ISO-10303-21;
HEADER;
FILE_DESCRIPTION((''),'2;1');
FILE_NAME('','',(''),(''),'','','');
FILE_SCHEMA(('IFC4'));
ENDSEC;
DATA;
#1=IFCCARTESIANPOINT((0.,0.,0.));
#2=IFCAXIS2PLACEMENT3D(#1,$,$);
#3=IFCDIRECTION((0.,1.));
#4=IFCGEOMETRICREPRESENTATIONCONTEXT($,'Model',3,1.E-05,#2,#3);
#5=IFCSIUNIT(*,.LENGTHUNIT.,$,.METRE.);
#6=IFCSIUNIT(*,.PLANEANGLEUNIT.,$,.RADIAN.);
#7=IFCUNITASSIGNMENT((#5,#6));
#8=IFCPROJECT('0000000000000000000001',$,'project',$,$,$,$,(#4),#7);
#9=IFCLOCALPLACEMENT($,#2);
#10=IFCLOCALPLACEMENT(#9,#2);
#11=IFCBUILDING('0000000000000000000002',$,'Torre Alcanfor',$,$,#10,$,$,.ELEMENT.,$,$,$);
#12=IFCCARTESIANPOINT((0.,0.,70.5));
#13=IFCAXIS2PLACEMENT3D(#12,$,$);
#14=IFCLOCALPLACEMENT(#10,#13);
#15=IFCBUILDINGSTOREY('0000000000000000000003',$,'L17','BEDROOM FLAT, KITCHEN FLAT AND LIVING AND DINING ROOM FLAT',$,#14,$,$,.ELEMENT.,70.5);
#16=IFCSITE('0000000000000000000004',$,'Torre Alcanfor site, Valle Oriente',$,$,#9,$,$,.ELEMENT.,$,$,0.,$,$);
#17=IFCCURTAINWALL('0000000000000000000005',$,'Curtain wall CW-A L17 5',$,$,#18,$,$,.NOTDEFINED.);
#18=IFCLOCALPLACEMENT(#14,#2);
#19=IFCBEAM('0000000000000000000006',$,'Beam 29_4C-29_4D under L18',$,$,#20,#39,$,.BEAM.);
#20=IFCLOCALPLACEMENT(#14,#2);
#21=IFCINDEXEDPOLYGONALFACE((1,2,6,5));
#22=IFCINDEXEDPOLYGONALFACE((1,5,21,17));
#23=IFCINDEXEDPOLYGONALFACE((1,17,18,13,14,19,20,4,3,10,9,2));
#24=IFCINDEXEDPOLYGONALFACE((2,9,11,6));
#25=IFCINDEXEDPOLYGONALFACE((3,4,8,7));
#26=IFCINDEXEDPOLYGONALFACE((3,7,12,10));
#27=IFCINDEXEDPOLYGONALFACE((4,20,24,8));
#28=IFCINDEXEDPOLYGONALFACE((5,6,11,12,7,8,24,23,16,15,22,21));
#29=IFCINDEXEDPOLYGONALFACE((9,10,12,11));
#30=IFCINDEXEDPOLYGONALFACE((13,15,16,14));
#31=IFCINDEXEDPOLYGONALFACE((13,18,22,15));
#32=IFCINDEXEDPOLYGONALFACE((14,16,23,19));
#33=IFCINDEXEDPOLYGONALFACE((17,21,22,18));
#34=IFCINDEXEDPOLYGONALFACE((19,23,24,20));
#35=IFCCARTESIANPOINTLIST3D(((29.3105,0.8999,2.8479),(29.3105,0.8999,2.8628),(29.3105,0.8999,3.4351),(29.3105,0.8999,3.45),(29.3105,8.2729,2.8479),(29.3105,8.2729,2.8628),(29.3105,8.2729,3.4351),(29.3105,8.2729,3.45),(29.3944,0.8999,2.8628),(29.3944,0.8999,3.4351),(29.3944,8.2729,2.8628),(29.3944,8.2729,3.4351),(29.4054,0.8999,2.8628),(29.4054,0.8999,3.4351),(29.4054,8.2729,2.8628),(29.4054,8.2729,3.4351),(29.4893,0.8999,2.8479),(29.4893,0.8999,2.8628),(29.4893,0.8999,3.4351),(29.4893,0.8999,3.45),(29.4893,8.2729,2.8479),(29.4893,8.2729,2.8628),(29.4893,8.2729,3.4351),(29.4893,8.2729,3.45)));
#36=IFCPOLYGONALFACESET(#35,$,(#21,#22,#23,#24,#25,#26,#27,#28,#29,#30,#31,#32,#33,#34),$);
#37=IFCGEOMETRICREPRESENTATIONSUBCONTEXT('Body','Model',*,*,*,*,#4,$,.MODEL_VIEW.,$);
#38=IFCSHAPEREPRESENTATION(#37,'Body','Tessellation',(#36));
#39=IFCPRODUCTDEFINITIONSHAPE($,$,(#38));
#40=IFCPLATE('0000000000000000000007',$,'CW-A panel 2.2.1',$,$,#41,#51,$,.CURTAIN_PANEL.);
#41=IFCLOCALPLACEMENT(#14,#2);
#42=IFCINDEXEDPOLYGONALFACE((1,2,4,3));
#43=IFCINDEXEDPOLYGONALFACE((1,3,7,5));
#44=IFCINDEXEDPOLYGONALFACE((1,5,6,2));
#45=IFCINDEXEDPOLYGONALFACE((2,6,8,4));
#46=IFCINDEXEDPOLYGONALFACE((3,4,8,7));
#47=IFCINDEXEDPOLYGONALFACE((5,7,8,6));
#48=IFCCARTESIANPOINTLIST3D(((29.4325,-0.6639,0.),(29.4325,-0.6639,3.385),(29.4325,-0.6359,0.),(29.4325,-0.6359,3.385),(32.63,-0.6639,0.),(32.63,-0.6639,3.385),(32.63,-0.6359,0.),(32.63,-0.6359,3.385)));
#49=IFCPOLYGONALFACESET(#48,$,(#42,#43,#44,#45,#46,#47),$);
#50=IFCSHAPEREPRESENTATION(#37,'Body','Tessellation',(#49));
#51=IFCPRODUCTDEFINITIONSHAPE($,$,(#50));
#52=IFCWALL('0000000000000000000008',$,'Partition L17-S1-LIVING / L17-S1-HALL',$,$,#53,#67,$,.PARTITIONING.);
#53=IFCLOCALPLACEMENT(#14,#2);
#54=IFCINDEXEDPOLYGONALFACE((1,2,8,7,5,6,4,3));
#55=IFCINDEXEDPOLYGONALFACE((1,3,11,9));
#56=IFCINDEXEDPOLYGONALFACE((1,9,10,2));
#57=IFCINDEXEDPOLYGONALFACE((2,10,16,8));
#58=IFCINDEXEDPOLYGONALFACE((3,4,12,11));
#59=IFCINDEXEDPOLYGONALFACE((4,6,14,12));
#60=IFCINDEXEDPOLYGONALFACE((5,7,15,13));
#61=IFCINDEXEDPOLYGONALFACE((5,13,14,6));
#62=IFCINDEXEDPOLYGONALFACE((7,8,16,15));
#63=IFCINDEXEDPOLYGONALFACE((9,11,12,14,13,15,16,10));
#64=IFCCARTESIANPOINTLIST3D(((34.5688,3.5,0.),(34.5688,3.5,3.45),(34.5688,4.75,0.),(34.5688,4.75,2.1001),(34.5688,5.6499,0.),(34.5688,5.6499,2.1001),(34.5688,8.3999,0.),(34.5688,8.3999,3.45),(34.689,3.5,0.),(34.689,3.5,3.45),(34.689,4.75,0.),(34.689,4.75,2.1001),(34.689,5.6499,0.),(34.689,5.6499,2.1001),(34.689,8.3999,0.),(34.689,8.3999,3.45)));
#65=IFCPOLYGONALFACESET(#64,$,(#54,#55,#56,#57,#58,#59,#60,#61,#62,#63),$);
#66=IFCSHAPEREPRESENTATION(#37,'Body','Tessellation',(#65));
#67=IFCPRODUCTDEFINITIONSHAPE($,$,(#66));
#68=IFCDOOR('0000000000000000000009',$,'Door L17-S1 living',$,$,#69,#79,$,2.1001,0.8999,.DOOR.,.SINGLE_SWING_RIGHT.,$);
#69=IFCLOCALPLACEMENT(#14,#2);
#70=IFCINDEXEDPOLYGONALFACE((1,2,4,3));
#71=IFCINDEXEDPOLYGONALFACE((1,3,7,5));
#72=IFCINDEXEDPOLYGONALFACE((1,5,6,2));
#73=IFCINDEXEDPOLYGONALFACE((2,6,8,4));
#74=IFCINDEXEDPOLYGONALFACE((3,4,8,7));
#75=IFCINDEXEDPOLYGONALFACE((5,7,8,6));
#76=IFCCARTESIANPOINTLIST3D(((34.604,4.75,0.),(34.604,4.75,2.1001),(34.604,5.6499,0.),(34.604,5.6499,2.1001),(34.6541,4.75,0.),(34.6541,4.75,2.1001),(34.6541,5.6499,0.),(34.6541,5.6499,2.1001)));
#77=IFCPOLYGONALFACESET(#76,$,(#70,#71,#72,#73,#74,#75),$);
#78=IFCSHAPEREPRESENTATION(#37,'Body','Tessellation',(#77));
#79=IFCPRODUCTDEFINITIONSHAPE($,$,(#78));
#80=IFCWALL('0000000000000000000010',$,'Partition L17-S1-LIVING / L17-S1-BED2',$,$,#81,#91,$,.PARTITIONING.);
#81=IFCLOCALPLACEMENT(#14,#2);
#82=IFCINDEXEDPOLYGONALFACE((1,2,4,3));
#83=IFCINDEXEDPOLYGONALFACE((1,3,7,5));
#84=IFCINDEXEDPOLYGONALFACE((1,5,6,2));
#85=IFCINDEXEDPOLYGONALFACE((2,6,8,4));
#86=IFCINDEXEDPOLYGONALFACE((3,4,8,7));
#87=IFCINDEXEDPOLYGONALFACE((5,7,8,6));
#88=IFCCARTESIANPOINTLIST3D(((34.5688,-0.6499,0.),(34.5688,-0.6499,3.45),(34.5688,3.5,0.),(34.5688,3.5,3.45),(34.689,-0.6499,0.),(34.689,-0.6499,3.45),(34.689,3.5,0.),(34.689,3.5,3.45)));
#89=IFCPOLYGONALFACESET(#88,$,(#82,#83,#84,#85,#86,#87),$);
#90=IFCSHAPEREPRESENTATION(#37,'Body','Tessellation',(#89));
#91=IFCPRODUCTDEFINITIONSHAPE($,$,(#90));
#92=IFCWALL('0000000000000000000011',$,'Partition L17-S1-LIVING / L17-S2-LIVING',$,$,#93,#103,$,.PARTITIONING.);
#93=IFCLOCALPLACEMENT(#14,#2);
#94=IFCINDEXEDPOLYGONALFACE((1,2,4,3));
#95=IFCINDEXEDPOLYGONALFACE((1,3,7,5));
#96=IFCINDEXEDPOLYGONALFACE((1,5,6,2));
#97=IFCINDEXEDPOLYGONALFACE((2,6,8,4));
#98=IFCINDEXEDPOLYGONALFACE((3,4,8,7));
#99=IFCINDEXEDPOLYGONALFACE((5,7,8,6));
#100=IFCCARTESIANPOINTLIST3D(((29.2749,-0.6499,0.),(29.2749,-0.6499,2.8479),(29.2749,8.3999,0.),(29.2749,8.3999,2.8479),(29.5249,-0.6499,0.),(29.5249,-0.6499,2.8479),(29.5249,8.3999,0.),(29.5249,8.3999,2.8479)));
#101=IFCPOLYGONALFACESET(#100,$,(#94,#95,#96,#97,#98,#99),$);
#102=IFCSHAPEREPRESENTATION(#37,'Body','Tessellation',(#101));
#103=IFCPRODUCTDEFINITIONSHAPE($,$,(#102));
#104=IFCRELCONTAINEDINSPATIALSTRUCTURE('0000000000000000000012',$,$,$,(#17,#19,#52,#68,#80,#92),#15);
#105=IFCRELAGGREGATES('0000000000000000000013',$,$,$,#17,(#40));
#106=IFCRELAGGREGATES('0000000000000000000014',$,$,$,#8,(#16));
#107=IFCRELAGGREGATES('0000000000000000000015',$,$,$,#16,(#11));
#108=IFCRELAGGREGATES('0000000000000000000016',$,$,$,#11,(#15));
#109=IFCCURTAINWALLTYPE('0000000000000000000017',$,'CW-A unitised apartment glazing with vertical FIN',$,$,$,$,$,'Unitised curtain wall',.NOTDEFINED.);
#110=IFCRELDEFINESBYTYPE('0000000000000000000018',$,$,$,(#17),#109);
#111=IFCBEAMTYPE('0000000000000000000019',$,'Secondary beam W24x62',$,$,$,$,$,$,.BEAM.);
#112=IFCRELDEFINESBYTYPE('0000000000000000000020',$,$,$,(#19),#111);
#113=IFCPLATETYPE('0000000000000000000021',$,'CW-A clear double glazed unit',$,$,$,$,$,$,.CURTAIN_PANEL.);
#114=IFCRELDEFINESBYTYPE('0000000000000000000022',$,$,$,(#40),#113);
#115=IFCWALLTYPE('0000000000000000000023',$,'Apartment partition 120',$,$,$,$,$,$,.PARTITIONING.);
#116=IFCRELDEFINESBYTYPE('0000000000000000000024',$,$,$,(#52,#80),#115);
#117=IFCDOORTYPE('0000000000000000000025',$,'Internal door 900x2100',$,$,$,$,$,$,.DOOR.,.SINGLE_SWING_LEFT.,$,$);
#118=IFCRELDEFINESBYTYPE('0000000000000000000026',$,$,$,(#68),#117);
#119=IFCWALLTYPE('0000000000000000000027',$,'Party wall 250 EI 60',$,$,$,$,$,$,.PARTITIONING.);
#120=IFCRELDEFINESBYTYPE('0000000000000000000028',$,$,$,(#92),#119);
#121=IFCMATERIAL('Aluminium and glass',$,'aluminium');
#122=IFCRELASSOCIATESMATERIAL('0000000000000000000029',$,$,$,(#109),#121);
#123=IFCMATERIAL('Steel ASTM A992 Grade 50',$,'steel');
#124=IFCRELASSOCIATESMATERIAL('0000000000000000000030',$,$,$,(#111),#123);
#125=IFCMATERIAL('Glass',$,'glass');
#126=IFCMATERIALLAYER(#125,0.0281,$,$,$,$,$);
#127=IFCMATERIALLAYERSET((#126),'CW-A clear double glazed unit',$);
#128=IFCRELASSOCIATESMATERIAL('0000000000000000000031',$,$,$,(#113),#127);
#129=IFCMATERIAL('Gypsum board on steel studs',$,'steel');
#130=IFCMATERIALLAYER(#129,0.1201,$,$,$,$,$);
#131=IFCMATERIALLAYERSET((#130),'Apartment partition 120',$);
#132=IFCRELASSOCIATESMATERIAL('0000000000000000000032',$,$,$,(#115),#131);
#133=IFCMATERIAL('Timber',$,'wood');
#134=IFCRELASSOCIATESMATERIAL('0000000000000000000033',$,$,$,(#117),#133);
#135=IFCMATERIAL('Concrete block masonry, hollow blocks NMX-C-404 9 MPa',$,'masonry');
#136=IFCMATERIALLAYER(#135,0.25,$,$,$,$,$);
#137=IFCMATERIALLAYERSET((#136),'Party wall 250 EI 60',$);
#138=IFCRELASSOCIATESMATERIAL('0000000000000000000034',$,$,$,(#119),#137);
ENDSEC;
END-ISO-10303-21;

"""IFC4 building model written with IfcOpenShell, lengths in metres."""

from ifc_helpers import new_model, si_unit, direction, frame, frame_2d, origin, origin_2d, place, context, subcontext, project, spatial, rectangle, i_section, extrude, material, layer, layer_set, material_profile, profile_set, type_object, element, fill, aggregate, save


model = new_model("IFC4")

# Units and contexts
model_context = context("Model", 3, precision=1e-05, world=origin(), true_north=direction((0.0, 1.0)))
body_context = subcontext(model_context, "Body", "Model", "MODEL_VIEW")
ifc_project = project(units=[si_unit("LENGTHUNIT", "METRE"), si_unit("PLANEANGLEUNIT", "RADIAN")], contexts=[model_context])

# Site, building, storey
site_placement = place(None, origin())
site = spatial("IfcSite", under=ifc_project, at=site_placement, Name="Torre Alcanfor site, Valle Oriente", CompositionType="ELEMENT", RefElevation=0.0)
building_placement = place(site_placement, origin())
building = spatial("IfcBuilding", under=site, at=building_placement, Name="Torre Alcanfor", CompositionType="ELEMENT")
storey_placement = place(building_placement, frame((0.0, 0.0, 70.5)))
storey = spatial("IfcBuildingStorey", under=building, at=storey_placement, Name="L17", Description="BEDROOM FLAT, KITCHEN FLAT AND LIVING AND DINING ROOM FLAT", CompositionType="ELEMENT", Elevation=70.5)

# Curtain wall
ifc_material_1 = material(Name="Aluminium and glass", Category="aluminium")
curtain_wall_type = type_object("IfcCurtainWallType", Name="CW-A unitised apartment glazing with vertical FIN", ElementType="Unitised curtain wall", PredefinedType="NOTDEFINED", material=ifc_material_1)
curtain_wall_placement = place(storey_placement, origin())
curtain_wall = element("IfcCurtainWall", 1, at=curtain_wall_placement, inside=storey, type_object=curtain_wall_type, Name="Curtain wall CW-A L17 5", PredefinedType="NOTDEFINED")

# Beam
ifc_material_2 = material(Name="Steel ASTM A992 Grade 50", Category="steel")
ifc_material_profile_1 = material_profile(ifc_material_2, i_section(OverallWidth=0.1787, OverallDepth=0.6021, WebThickness=0.011, FlangeThickness=0.0149, at=origin_2d()), Name="W24x62")
ifc_profile_set_1 = profile_set([ifc_material_profile_1], Name="Steel ASTM A992 Grade 50")
beam_type_1 = type_object("IfcBeamType", Name="Secondary beam W24x62", PredefinedType="BEAM", material=ifc_profile_set_1)
beam_1_placement = place(storey_placement, frame((29.3999, 0.8999, 3.1489), z_axis=(0.0, 1.0, 0.0), x_axis=(-1.0, 0.0, 0.0)))
element("IfcBeam", 2, at=beam_1_placement, inside=storey, type_object=beam_type_1, Name="Beam 29_4C-29_4D under L18", PredefinedType="BEAM", context=body_context, shape_type="SweptSolid", body=[
    extrude(i_section(OverallWidth=0.1787, OverallDepth=0.6021, WebThickness=0.011, FlangeThickness=0.0149, at=origin_2d()), origin(), (0.0, 0.0, 1.0), 7.373),
])

# Plate
ifc_material_3 = material(Name="Glass", Category="glass")
ifc_layer_1 = layer(ifc_material_3, 0.0281)
ifc_layer_set_1 = layer_set([ifc_layer_1], Name="CW-A clear double glazed unit")
plate_type = type_object("IfcPlateType", Name="CW-A clear double glazed unit", PredefinedType="CURTAIN_PANEL", material=ifc_layer_set_1)
plate_placement = place(storey_placement, frame((31.0312, -0.6499, 0.0), z_axis=(0.0, 0.0, 1.0), x_axis=(1.0, 0.0, 0.0)))
plate = element("IfcPlate", 3, at=plate_placement, type_object=plate_type, Name="CW-A panel 2.2.1", PredefinedType="CURTAIN_PANEL", context=body_context, shape_type="SweptSolid", body=[
    extrude(rectangle(XDim=3.1975, YDim=0.0281, at=origin_2d()), origin(), (0.0, 0.0, 1.0), 3.385),
])
aggregate(curtain_wall, [plate])

# Wall, opening, door
ifc_material_4 = material(Name="Gypsum board on steel studs", Category="steel")
ifc_layer_2 = layer(ifc_material_4, 0.1201)
ifc_layer_set_2 = layer_set([ifc_layer_2], Name="Apartment partition 120")
wall_type_1 = type_object("IfcWallType", Name="Apartment partition 120", PredefinedType="PARTITIONING", material=ifc_layer_set_2)
wall_1_placement = place(storey_placement, frame((34.6289, 3.5, 0.0), z_axis=(0.0, 0.0, 1.0), x_axis=(0.0, 1.0, 0.0)))
wall_1 = element("IfcWall", 4, at=wall_1_placement, inside=storey, type_object=wall_type_1, Name="Partition L17-S1-LIVING / L17-S1-HALL", PredefinedType="PARTITIONING", context=body_context, shape_type="SweptSolid", body=[
    extrude(rectangle(XDim=4.8999, YDim=0.1201, at=frame_2d((2.45, 0.0))), origin(), (0.0, 0.0, 1.0), 3.45),
])
opening_placement = place(wall_1_placement, frame((1.25, 0.0, 0.0)))
opening = element("IfcOpeningElement", 5, at=opening_placement, cuts=wall_1, PredefinedType="OPENING", context=body_context, shape_type="SweptSolid", body=[
    extrude(rectangle(XDim=0.8999, YDim=2.1001, at=frame_2d((0.45, 1.05))), frame((0.0, 0.0701, 0.0), z_axis=(0.0, -1.0, 0.0), x_axis=(1.0, 0.0, 0.0)), (0.0, 0.0, 1.0), 0.1401),
])
ifc_material_5 = material(Name="Timber", Category="wood")
door_type = type_object("IfcDoorType", Name="Internal door 900x2100", OperationType="SINGLE_SWING_LEFT", PredefinedType="DOOR", material=ifc_material_5)
door_placement = place(opening_placement, origin())
door = element("IfcDoor", 6, at=door_placement, inside=storey, type_object=door_type, Name="Door L17-S1 living", OperationType="SINGLE_SWING_RIGHT", OverallHeight=2.1001, OverallWidth=0.8999, PredefinedType="DOOR", context=body_context, shape_type="SweptSolid", body=[
    extrude(rectangle(XDim=0.8999, YDim=2.1001, at=frame_2d((0.45, 1.05))), frame((0.0, 0.0249, 0.0), z_axis=(0.0, -1.0, 0.0), x_axis=(1.0, 0.0, 0.0)), (0.0, 0.0, 1.0), 0.05),
])
fill(opening, door)

# Walls
wall_2_placement = place(storey_placement, frame((34.6289, -0.6499, 0.0), z_axis=(0.0, 0.0, 1.0), x_axis=(0.0, 1.0, 0.0)))
element("IfcWall", 7, at=wall_2_placement, inside=storey, type_object=wall_type_1, Name="Partition L17-S1-LIVING / L17-S1-BED2", PredefinedType="PARTITIONING", context=body_context, shape_type="SweptSolid", body=[
    extrude(rectangle(XDim=4.1499, YDim=0.1201, at=frame_2d((2.075, 0.0))), origin(), (0.0, 0.0, 1.0), 3.45),
])
ifc_material_6 = material(Name="Concrete block masonry, hollow blocks NMX-C-404 9 MPa", Category="masonry")
ifc_layer_3 = layer(ifc_material_6, 0.25)
ifc_layer_set_3 = layer_set([ifc_layer_3], Name="Party wall 250 EI 60")
wall_type_2 = type_object("IfcWallType", Name="Party wall 250 EI 60", PredefinedType="PARTITIONING", material=ifc_layer_set_3)
wall_3_placement = place(storey_placement, frame((29.3999, 8.3999, 0.0), z_axis=(0.0, 0.0, 1.0), x_axis=(0.0, -1.0, 0.0)))
element("IfcWall", 8, at=wall_3_placement, inside=storey, type_object=wall_type_2, Name="Partition L17-S1-LIVING / L17-S2-LIVING", PredefinedType="PARTITIONING", context=body_context, shape_type="SweptSolid", body=[
    extrude(rectangle(XDim=9.0498, YDim=0.25, at=frame_2d((4.5249, 0.0))), origin(), (0.0, 0.0, 1.0), 2.8479),
])

save(model, "model.ifc")
